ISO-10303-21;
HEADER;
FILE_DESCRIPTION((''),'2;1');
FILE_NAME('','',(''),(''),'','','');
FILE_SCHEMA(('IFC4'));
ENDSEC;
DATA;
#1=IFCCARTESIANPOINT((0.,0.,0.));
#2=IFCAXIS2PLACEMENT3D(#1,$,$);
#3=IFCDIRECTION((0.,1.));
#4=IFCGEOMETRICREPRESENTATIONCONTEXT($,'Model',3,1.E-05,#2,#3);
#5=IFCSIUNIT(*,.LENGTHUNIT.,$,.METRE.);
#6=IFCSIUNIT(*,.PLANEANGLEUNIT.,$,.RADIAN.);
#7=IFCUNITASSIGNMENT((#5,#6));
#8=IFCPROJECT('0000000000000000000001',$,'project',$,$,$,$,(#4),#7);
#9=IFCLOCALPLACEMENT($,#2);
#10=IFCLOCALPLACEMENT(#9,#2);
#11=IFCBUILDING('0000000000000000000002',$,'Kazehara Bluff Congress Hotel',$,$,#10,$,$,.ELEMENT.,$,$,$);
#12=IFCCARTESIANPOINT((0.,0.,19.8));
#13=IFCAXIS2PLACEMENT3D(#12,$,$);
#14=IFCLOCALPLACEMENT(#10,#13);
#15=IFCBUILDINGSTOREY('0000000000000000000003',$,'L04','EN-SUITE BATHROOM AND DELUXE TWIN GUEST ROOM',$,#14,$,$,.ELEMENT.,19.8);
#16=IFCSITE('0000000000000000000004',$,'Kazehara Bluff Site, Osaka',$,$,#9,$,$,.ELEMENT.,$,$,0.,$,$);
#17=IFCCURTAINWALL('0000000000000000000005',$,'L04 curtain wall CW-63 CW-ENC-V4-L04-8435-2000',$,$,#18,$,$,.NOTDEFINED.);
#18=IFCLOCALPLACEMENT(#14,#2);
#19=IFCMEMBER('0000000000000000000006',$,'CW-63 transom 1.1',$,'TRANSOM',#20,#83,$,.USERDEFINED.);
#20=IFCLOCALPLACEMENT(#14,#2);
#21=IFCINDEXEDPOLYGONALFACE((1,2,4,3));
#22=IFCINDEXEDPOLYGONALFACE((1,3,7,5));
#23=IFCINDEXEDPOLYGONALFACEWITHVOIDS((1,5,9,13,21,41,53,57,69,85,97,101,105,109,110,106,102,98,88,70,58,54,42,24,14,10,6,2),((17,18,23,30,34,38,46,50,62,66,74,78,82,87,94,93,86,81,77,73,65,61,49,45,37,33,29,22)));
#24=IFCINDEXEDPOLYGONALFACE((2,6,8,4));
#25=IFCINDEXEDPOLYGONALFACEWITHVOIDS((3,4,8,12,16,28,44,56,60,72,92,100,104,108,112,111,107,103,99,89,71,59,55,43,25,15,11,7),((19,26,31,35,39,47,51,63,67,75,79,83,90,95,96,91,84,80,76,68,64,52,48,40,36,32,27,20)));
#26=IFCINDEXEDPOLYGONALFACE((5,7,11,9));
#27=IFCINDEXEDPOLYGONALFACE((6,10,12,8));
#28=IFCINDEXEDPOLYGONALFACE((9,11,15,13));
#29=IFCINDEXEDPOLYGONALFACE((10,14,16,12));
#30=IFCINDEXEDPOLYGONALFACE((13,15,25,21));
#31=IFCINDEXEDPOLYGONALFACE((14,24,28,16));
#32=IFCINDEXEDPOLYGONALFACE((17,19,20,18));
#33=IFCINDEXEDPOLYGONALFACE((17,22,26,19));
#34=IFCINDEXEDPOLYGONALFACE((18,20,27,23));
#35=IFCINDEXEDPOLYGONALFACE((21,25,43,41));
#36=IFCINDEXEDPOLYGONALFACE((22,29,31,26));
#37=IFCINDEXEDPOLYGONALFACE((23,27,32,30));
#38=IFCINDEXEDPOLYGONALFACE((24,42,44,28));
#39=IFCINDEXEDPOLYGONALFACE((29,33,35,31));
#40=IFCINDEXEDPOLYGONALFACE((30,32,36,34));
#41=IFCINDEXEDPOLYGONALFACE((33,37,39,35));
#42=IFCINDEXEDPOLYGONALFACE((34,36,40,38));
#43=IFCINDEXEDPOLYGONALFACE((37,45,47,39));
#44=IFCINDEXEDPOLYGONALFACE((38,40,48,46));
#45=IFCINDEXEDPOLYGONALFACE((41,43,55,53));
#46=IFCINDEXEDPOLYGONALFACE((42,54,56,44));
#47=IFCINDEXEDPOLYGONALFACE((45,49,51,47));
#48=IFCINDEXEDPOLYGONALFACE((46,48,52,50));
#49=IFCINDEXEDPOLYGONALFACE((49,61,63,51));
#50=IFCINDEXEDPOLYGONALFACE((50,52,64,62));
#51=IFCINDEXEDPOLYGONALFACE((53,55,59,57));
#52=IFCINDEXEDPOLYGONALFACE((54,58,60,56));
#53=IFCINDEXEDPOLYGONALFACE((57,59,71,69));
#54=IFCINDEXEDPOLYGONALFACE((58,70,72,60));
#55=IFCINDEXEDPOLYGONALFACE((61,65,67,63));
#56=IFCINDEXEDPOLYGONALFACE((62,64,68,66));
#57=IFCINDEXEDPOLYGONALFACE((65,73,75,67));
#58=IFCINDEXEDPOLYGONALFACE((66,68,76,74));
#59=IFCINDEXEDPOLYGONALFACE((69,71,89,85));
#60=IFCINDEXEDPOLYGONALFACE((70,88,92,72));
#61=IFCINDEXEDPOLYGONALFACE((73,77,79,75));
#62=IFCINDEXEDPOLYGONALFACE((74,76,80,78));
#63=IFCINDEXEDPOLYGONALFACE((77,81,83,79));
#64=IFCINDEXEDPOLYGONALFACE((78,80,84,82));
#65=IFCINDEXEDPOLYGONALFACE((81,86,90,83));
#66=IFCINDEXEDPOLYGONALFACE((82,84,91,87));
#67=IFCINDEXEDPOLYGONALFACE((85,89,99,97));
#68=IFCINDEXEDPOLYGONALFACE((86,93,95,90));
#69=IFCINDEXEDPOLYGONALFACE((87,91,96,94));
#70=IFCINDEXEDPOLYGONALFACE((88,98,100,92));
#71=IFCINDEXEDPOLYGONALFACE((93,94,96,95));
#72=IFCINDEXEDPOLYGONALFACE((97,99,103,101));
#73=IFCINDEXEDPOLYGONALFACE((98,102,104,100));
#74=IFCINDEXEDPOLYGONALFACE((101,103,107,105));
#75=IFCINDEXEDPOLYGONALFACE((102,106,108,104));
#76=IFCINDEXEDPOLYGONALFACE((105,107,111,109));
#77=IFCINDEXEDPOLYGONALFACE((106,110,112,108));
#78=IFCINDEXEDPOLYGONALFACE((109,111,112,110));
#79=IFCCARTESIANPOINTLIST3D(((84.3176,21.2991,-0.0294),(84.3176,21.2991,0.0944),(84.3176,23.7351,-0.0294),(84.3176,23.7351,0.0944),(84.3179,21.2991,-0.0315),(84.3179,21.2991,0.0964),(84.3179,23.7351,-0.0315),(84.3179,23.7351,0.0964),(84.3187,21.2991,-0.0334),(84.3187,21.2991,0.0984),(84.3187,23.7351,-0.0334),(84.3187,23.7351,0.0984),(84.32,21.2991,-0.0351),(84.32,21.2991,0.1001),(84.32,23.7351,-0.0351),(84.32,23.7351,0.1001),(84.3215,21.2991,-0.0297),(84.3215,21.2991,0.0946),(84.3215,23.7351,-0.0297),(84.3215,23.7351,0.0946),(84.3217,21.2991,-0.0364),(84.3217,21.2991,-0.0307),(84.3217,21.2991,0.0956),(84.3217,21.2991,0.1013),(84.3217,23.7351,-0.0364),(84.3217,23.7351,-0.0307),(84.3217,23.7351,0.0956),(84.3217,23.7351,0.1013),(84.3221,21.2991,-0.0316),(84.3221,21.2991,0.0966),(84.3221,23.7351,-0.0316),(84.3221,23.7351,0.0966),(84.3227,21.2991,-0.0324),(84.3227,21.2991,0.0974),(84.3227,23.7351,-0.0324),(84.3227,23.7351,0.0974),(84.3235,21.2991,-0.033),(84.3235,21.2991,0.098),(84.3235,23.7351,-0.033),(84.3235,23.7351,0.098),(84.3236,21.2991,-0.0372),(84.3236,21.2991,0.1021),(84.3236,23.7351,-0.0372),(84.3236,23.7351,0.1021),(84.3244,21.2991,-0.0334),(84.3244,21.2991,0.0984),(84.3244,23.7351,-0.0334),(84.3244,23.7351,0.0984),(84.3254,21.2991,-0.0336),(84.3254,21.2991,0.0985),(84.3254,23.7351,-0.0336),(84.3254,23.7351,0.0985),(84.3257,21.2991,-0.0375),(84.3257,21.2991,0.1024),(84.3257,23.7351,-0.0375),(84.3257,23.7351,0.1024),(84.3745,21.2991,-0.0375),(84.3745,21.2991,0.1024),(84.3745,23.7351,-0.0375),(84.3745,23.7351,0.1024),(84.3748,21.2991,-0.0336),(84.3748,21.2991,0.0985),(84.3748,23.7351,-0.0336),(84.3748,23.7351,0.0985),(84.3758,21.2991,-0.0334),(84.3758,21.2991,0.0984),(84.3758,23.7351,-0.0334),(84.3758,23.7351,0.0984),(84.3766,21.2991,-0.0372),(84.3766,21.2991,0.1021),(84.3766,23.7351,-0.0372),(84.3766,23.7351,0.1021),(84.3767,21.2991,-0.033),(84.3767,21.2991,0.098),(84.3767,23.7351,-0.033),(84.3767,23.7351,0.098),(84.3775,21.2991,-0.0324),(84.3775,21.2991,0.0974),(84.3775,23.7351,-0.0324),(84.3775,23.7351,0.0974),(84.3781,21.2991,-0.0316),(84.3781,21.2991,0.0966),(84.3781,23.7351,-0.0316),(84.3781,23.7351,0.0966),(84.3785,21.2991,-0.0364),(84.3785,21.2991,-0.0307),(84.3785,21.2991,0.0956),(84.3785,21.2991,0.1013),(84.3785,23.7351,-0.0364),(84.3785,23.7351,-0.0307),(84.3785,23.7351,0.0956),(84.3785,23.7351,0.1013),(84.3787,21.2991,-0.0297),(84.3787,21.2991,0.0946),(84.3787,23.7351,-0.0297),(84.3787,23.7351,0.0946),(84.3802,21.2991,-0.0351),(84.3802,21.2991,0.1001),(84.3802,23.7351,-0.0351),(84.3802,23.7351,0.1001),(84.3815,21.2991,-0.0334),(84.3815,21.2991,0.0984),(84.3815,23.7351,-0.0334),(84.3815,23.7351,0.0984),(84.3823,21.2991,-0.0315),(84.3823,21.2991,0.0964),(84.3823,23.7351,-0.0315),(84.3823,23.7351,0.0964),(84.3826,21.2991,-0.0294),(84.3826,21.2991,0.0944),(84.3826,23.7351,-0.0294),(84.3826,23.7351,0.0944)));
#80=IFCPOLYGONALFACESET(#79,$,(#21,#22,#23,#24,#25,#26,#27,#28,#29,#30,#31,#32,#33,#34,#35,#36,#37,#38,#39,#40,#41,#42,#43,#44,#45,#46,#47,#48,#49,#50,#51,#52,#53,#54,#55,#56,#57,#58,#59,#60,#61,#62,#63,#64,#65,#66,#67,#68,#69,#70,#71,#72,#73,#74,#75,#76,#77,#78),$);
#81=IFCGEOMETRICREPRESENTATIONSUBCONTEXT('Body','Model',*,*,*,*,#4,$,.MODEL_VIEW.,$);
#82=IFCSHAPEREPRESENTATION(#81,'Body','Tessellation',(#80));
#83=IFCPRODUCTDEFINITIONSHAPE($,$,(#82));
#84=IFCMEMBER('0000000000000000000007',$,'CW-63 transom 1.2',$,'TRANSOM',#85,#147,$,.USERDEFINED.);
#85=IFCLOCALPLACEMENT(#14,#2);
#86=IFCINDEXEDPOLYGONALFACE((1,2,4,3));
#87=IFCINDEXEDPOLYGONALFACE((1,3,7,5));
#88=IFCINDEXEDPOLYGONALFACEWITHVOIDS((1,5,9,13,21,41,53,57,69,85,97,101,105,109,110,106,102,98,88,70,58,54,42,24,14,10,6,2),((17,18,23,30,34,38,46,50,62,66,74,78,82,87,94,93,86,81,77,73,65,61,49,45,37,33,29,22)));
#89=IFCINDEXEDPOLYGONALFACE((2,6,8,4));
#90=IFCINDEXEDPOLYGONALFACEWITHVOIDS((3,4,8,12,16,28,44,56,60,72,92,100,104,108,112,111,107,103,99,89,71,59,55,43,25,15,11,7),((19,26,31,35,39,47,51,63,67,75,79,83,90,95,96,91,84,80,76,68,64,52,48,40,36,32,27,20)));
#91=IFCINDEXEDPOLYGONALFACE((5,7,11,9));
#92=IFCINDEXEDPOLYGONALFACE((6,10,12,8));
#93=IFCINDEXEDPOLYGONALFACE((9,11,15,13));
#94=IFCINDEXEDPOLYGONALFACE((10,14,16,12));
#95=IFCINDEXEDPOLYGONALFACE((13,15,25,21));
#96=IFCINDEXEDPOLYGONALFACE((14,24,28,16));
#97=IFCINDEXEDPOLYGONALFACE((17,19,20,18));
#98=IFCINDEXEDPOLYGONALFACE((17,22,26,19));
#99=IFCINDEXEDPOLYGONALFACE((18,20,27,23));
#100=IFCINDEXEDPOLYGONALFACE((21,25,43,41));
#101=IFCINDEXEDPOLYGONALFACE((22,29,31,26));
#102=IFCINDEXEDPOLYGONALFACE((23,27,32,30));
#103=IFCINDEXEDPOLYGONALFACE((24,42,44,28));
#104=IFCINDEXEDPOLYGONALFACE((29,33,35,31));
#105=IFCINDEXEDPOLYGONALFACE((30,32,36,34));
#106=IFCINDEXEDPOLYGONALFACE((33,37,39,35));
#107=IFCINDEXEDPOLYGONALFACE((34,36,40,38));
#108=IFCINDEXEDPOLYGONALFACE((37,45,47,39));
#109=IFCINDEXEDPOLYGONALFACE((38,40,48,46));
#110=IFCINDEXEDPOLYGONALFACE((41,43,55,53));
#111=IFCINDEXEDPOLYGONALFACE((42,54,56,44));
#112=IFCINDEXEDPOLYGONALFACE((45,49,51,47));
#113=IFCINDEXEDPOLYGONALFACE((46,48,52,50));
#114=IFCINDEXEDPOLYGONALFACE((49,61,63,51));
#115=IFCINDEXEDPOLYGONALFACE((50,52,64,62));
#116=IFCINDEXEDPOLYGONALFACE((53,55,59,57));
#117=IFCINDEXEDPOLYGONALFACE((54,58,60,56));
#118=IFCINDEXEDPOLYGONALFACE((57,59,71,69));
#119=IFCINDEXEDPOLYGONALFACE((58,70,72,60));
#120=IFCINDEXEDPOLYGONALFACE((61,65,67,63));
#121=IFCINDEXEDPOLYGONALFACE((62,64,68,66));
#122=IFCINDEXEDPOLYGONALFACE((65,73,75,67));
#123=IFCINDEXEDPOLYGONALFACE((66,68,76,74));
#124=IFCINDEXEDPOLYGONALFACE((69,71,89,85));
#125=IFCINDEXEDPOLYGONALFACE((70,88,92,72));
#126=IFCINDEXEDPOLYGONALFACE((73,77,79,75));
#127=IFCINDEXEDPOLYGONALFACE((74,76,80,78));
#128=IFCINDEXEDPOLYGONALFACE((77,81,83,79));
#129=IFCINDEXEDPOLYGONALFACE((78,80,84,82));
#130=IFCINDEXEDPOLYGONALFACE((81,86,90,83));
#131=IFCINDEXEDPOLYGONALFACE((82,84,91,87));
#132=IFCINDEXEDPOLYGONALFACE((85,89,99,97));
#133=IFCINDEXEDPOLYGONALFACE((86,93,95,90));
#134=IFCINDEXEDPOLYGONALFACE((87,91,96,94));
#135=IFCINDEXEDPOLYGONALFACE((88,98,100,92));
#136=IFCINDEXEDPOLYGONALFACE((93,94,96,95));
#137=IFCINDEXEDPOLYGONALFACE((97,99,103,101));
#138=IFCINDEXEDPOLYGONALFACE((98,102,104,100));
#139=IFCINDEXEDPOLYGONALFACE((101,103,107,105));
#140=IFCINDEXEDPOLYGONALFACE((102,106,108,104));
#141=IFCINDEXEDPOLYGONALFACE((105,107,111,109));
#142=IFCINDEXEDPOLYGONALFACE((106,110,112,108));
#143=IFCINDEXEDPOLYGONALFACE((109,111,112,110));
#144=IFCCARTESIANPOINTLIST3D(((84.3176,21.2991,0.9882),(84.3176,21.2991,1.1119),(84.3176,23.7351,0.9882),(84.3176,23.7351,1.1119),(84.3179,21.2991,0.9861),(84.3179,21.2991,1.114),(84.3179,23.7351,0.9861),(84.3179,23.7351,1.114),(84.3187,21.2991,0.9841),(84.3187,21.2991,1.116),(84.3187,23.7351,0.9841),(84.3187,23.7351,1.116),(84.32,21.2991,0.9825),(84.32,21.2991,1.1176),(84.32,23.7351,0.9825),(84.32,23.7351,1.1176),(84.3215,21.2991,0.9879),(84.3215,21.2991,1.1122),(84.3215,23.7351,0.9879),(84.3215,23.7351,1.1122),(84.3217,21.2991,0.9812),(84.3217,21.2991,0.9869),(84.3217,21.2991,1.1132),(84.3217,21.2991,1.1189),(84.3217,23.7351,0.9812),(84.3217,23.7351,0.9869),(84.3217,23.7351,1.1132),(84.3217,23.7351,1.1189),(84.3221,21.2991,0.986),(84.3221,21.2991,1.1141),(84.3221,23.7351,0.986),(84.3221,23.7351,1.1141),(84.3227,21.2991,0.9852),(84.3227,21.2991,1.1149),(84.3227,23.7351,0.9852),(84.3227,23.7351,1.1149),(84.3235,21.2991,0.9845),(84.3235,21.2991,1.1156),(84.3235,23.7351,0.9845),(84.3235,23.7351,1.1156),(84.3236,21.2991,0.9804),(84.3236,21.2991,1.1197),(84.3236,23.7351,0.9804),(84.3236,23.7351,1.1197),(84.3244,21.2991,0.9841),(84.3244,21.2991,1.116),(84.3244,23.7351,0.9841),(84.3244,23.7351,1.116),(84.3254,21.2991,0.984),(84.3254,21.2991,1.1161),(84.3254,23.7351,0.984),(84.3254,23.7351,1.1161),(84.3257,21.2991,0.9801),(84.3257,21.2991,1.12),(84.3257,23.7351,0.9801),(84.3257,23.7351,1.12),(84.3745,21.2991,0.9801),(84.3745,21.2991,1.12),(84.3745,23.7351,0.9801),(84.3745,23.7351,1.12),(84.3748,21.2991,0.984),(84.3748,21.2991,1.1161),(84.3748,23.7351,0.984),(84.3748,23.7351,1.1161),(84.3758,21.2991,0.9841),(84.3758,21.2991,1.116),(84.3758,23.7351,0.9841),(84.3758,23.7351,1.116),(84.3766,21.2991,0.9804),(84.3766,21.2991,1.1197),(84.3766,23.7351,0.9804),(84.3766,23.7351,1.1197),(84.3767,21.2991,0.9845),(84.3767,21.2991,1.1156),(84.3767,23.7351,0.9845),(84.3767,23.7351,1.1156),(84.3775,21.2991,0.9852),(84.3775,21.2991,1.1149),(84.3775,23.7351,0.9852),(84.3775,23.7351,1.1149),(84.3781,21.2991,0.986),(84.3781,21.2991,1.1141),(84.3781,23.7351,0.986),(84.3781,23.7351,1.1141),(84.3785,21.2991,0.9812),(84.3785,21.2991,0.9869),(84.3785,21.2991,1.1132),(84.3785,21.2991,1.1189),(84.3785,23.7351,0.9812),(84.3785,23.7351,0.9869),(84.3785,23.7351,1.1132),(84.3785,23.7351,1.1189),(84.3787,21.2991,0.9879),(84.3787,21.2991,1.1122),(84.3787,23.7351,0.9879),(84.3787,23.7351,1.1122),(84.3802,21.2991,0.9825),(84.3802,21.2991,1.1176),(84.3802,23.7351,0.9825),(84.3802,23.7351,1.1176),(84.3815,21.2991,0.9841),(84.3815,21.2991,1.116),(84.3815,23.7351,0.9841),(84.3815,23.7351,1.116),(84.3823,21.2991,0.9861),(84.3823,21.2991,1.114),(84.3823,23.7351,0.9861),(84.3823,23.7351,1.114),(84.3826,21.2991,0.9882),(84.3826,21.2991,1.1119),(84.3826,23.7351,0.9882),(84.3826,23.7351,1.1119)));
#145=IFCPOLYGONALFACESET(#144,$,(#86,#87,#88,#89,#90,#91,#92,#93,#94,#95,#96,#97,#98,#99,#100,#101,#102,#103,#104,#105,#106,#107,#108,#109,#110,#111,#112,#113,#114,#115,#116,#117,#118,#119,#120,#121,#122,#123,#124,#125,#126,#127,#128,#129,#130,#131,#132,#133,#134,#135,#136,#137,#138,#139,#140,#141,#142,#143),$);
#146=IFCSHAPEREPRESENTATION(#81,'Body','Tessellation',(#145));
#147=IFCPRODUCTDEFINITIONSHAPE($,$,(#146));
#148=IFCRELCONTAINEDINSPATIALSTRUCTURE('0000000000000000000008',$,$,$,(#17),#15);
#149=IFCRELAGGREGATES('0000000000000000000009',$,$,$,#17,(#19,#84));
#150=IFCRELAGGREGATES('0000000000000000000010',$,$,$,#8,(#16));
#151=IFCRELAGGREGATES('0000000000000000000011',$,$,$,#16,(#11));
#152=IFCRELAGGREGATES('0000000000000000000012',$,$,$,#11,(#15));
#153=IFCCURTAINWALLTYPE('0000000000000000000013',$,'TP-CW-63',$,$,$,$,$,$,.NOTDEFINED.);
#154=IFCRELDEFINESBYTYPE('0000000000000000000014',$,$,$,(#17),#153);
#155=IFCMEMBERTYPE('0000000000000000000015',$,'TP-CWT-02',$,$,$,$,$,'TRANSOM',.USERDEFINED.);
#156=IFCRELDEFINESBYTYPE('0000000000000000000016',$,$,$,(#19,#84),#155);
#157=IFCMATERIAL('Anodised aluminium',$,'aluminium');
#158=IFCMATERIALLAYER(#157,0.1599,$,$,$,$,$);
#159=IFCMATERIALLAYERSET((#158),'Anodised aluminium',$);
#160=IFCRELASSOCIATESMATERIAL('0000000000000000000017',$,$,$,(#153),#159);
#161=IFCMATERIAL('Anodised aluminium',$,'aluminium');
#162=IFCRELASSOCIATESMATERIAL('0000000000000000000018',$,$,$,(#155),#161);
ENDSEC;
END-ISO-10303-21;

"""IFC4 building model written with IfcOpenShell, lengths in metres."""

from ifc_helpers import new_model, si_unit, direction, frame, origin, origin_2d, place, context, subcontext, project, spatial, hollow_rectangle, extrude, material, layer, layer_set, material_profile, profile_set, type_object, element, aggregate, save


model = new_model("IFC4")

# Units and contexts
model_context = context("Model", 3, precision=1e-05, world=origin(), true_north=direction((0.0, 1.0)))
body_context = subcontext(model_context, "Body", "Model", "MODEL_VIEW")
ifc_project = project(units=[si_unit("LENGTHUNIT", "METRE"), si_unit("PLANEANGLEUNIT", "RADIAN")], contexts=[model_context])

# Site, building, storey
site_placement = place(None, origin())
site = spatial("IfcSite", under=ifc_project, at=site_placement, Name="Kazehara Bluff Site, Osaka", CompositionType="ELEMENT", RefElevation=0.0)
building_placement = place(site_placement, origin())
building = spatial("IfcBuilding", under=site, at=building_placement, Name="Kazehara Bluff Congress Hotel", CompositionType="ELEMENT")
storey_placement = place(building_placement, frame((0.0, 0.0, 19.8)))
storey = spatial("IfcBuildingStorey", under=building, at=storey_placement, Name="L04", Description="EN-SUITE BATHROOM AND DELUXE TWIN GUEST ROOM", CompositionType="ELEMENT", Elevation=19.8)

# Curtain wall
ifc_material_1 = material(Name="Anodised aluminium", Category="aluminium")
ifc_layer_1 = layer(ifc_material_1, 0.1599)
ifc_layer_set_1 = layer_set([ifc_layer_1], Name="Anodised aluminium")
curtain_wall_type_1 = type_object("IfcCurtainWallType", Name="TP-CW-63", PredefinedType="NOTDEFINED", material=ifc_layer_set_1)
curtain_wall_1_placement = place(storey_placement, origin())
curtain_wall_1 = element("IfcCurtainWall", 1, at=curtain_wall_1_placement, inside=storey, type_object=curtain_wall_type_1, Name="L04 curtain wall CW-63 CW-ENC-V4-L04-8435-2000", PredefinedType="NOTDEFINED")

# Members
ifc_material_2 = material(Name="Anodised aluminium", Category="aluminium")
ifc_material_profile_1 = material_profile(ifc_material_2, hollow_rectangle(XDim=0.0649, YDim=0.1399, WallThickness=0.0039, InnerFilletRadius=0.0039, OuterFilletRadius=0.0081, at=origin_2d()))
ifc_profile_set_1 = profile_set([ifc_material_profile_1], Name="Anodised aluminium")
member_type_1 = type_object("IfcMemberType", Name="TP-CWT-02", ElementType="TRANSOM", PredefinedType="USERDEFINED", material=ifc_profile_set_1)
member_1_placement = place(storey_placement, frame((84.3501, 23.7351, 0.0325), z_axis=(0.0, -1.0, 0.0), x_axis=(1.0, 0.0, 0.0)))
member_1 = element("IfcMember", 2, at=member_1_placement, type_object=member_type_1, Name="CW-63 transom 1.1", ObjectType="TRANSOM", PredefinedType="USERDEFINED", context=body_context, shape_type="SweptSolid", body=[
    extrude(hollow_rectangle(XDim=0.0649, YDim=0.1399, WallThickness=0.0039, InnerFilletRadius=0.0039, OuterFilletRadius=0.0081, at=origin_2d()), origin(), (0.0, 0.0, 1.0), 2.436),
])
member_2_placement = place(storey_placement, frame((84.3501, 23.7351, 1.05), z_axis=(0.0, -1.0, 0.0), x_axis=(1.0, 0.0, 0.0)))
member_2 = element("IfcMember", 3, at=member_2_placement, type_object=member_type_1, Name="CW-63 transom 1.2", ObjectType="TRANSOM", PredefinedType="USERDEFINED", context=body_context, shape_type="SweptSolid", body=[
    extrude(hollow_rectangle(XDim=0.0649, YDim=0.1399, WallThickness=0.0039, InnerFilletRadius=0.0039, OuterFilletRadius=0.0081, at=origin_2d()), origin(), (0.0, 0.0, 1.0), 2.436),
])

aggregate(curtain_wall_1, [member_1, member_2])

save(model, "model.ifc")
